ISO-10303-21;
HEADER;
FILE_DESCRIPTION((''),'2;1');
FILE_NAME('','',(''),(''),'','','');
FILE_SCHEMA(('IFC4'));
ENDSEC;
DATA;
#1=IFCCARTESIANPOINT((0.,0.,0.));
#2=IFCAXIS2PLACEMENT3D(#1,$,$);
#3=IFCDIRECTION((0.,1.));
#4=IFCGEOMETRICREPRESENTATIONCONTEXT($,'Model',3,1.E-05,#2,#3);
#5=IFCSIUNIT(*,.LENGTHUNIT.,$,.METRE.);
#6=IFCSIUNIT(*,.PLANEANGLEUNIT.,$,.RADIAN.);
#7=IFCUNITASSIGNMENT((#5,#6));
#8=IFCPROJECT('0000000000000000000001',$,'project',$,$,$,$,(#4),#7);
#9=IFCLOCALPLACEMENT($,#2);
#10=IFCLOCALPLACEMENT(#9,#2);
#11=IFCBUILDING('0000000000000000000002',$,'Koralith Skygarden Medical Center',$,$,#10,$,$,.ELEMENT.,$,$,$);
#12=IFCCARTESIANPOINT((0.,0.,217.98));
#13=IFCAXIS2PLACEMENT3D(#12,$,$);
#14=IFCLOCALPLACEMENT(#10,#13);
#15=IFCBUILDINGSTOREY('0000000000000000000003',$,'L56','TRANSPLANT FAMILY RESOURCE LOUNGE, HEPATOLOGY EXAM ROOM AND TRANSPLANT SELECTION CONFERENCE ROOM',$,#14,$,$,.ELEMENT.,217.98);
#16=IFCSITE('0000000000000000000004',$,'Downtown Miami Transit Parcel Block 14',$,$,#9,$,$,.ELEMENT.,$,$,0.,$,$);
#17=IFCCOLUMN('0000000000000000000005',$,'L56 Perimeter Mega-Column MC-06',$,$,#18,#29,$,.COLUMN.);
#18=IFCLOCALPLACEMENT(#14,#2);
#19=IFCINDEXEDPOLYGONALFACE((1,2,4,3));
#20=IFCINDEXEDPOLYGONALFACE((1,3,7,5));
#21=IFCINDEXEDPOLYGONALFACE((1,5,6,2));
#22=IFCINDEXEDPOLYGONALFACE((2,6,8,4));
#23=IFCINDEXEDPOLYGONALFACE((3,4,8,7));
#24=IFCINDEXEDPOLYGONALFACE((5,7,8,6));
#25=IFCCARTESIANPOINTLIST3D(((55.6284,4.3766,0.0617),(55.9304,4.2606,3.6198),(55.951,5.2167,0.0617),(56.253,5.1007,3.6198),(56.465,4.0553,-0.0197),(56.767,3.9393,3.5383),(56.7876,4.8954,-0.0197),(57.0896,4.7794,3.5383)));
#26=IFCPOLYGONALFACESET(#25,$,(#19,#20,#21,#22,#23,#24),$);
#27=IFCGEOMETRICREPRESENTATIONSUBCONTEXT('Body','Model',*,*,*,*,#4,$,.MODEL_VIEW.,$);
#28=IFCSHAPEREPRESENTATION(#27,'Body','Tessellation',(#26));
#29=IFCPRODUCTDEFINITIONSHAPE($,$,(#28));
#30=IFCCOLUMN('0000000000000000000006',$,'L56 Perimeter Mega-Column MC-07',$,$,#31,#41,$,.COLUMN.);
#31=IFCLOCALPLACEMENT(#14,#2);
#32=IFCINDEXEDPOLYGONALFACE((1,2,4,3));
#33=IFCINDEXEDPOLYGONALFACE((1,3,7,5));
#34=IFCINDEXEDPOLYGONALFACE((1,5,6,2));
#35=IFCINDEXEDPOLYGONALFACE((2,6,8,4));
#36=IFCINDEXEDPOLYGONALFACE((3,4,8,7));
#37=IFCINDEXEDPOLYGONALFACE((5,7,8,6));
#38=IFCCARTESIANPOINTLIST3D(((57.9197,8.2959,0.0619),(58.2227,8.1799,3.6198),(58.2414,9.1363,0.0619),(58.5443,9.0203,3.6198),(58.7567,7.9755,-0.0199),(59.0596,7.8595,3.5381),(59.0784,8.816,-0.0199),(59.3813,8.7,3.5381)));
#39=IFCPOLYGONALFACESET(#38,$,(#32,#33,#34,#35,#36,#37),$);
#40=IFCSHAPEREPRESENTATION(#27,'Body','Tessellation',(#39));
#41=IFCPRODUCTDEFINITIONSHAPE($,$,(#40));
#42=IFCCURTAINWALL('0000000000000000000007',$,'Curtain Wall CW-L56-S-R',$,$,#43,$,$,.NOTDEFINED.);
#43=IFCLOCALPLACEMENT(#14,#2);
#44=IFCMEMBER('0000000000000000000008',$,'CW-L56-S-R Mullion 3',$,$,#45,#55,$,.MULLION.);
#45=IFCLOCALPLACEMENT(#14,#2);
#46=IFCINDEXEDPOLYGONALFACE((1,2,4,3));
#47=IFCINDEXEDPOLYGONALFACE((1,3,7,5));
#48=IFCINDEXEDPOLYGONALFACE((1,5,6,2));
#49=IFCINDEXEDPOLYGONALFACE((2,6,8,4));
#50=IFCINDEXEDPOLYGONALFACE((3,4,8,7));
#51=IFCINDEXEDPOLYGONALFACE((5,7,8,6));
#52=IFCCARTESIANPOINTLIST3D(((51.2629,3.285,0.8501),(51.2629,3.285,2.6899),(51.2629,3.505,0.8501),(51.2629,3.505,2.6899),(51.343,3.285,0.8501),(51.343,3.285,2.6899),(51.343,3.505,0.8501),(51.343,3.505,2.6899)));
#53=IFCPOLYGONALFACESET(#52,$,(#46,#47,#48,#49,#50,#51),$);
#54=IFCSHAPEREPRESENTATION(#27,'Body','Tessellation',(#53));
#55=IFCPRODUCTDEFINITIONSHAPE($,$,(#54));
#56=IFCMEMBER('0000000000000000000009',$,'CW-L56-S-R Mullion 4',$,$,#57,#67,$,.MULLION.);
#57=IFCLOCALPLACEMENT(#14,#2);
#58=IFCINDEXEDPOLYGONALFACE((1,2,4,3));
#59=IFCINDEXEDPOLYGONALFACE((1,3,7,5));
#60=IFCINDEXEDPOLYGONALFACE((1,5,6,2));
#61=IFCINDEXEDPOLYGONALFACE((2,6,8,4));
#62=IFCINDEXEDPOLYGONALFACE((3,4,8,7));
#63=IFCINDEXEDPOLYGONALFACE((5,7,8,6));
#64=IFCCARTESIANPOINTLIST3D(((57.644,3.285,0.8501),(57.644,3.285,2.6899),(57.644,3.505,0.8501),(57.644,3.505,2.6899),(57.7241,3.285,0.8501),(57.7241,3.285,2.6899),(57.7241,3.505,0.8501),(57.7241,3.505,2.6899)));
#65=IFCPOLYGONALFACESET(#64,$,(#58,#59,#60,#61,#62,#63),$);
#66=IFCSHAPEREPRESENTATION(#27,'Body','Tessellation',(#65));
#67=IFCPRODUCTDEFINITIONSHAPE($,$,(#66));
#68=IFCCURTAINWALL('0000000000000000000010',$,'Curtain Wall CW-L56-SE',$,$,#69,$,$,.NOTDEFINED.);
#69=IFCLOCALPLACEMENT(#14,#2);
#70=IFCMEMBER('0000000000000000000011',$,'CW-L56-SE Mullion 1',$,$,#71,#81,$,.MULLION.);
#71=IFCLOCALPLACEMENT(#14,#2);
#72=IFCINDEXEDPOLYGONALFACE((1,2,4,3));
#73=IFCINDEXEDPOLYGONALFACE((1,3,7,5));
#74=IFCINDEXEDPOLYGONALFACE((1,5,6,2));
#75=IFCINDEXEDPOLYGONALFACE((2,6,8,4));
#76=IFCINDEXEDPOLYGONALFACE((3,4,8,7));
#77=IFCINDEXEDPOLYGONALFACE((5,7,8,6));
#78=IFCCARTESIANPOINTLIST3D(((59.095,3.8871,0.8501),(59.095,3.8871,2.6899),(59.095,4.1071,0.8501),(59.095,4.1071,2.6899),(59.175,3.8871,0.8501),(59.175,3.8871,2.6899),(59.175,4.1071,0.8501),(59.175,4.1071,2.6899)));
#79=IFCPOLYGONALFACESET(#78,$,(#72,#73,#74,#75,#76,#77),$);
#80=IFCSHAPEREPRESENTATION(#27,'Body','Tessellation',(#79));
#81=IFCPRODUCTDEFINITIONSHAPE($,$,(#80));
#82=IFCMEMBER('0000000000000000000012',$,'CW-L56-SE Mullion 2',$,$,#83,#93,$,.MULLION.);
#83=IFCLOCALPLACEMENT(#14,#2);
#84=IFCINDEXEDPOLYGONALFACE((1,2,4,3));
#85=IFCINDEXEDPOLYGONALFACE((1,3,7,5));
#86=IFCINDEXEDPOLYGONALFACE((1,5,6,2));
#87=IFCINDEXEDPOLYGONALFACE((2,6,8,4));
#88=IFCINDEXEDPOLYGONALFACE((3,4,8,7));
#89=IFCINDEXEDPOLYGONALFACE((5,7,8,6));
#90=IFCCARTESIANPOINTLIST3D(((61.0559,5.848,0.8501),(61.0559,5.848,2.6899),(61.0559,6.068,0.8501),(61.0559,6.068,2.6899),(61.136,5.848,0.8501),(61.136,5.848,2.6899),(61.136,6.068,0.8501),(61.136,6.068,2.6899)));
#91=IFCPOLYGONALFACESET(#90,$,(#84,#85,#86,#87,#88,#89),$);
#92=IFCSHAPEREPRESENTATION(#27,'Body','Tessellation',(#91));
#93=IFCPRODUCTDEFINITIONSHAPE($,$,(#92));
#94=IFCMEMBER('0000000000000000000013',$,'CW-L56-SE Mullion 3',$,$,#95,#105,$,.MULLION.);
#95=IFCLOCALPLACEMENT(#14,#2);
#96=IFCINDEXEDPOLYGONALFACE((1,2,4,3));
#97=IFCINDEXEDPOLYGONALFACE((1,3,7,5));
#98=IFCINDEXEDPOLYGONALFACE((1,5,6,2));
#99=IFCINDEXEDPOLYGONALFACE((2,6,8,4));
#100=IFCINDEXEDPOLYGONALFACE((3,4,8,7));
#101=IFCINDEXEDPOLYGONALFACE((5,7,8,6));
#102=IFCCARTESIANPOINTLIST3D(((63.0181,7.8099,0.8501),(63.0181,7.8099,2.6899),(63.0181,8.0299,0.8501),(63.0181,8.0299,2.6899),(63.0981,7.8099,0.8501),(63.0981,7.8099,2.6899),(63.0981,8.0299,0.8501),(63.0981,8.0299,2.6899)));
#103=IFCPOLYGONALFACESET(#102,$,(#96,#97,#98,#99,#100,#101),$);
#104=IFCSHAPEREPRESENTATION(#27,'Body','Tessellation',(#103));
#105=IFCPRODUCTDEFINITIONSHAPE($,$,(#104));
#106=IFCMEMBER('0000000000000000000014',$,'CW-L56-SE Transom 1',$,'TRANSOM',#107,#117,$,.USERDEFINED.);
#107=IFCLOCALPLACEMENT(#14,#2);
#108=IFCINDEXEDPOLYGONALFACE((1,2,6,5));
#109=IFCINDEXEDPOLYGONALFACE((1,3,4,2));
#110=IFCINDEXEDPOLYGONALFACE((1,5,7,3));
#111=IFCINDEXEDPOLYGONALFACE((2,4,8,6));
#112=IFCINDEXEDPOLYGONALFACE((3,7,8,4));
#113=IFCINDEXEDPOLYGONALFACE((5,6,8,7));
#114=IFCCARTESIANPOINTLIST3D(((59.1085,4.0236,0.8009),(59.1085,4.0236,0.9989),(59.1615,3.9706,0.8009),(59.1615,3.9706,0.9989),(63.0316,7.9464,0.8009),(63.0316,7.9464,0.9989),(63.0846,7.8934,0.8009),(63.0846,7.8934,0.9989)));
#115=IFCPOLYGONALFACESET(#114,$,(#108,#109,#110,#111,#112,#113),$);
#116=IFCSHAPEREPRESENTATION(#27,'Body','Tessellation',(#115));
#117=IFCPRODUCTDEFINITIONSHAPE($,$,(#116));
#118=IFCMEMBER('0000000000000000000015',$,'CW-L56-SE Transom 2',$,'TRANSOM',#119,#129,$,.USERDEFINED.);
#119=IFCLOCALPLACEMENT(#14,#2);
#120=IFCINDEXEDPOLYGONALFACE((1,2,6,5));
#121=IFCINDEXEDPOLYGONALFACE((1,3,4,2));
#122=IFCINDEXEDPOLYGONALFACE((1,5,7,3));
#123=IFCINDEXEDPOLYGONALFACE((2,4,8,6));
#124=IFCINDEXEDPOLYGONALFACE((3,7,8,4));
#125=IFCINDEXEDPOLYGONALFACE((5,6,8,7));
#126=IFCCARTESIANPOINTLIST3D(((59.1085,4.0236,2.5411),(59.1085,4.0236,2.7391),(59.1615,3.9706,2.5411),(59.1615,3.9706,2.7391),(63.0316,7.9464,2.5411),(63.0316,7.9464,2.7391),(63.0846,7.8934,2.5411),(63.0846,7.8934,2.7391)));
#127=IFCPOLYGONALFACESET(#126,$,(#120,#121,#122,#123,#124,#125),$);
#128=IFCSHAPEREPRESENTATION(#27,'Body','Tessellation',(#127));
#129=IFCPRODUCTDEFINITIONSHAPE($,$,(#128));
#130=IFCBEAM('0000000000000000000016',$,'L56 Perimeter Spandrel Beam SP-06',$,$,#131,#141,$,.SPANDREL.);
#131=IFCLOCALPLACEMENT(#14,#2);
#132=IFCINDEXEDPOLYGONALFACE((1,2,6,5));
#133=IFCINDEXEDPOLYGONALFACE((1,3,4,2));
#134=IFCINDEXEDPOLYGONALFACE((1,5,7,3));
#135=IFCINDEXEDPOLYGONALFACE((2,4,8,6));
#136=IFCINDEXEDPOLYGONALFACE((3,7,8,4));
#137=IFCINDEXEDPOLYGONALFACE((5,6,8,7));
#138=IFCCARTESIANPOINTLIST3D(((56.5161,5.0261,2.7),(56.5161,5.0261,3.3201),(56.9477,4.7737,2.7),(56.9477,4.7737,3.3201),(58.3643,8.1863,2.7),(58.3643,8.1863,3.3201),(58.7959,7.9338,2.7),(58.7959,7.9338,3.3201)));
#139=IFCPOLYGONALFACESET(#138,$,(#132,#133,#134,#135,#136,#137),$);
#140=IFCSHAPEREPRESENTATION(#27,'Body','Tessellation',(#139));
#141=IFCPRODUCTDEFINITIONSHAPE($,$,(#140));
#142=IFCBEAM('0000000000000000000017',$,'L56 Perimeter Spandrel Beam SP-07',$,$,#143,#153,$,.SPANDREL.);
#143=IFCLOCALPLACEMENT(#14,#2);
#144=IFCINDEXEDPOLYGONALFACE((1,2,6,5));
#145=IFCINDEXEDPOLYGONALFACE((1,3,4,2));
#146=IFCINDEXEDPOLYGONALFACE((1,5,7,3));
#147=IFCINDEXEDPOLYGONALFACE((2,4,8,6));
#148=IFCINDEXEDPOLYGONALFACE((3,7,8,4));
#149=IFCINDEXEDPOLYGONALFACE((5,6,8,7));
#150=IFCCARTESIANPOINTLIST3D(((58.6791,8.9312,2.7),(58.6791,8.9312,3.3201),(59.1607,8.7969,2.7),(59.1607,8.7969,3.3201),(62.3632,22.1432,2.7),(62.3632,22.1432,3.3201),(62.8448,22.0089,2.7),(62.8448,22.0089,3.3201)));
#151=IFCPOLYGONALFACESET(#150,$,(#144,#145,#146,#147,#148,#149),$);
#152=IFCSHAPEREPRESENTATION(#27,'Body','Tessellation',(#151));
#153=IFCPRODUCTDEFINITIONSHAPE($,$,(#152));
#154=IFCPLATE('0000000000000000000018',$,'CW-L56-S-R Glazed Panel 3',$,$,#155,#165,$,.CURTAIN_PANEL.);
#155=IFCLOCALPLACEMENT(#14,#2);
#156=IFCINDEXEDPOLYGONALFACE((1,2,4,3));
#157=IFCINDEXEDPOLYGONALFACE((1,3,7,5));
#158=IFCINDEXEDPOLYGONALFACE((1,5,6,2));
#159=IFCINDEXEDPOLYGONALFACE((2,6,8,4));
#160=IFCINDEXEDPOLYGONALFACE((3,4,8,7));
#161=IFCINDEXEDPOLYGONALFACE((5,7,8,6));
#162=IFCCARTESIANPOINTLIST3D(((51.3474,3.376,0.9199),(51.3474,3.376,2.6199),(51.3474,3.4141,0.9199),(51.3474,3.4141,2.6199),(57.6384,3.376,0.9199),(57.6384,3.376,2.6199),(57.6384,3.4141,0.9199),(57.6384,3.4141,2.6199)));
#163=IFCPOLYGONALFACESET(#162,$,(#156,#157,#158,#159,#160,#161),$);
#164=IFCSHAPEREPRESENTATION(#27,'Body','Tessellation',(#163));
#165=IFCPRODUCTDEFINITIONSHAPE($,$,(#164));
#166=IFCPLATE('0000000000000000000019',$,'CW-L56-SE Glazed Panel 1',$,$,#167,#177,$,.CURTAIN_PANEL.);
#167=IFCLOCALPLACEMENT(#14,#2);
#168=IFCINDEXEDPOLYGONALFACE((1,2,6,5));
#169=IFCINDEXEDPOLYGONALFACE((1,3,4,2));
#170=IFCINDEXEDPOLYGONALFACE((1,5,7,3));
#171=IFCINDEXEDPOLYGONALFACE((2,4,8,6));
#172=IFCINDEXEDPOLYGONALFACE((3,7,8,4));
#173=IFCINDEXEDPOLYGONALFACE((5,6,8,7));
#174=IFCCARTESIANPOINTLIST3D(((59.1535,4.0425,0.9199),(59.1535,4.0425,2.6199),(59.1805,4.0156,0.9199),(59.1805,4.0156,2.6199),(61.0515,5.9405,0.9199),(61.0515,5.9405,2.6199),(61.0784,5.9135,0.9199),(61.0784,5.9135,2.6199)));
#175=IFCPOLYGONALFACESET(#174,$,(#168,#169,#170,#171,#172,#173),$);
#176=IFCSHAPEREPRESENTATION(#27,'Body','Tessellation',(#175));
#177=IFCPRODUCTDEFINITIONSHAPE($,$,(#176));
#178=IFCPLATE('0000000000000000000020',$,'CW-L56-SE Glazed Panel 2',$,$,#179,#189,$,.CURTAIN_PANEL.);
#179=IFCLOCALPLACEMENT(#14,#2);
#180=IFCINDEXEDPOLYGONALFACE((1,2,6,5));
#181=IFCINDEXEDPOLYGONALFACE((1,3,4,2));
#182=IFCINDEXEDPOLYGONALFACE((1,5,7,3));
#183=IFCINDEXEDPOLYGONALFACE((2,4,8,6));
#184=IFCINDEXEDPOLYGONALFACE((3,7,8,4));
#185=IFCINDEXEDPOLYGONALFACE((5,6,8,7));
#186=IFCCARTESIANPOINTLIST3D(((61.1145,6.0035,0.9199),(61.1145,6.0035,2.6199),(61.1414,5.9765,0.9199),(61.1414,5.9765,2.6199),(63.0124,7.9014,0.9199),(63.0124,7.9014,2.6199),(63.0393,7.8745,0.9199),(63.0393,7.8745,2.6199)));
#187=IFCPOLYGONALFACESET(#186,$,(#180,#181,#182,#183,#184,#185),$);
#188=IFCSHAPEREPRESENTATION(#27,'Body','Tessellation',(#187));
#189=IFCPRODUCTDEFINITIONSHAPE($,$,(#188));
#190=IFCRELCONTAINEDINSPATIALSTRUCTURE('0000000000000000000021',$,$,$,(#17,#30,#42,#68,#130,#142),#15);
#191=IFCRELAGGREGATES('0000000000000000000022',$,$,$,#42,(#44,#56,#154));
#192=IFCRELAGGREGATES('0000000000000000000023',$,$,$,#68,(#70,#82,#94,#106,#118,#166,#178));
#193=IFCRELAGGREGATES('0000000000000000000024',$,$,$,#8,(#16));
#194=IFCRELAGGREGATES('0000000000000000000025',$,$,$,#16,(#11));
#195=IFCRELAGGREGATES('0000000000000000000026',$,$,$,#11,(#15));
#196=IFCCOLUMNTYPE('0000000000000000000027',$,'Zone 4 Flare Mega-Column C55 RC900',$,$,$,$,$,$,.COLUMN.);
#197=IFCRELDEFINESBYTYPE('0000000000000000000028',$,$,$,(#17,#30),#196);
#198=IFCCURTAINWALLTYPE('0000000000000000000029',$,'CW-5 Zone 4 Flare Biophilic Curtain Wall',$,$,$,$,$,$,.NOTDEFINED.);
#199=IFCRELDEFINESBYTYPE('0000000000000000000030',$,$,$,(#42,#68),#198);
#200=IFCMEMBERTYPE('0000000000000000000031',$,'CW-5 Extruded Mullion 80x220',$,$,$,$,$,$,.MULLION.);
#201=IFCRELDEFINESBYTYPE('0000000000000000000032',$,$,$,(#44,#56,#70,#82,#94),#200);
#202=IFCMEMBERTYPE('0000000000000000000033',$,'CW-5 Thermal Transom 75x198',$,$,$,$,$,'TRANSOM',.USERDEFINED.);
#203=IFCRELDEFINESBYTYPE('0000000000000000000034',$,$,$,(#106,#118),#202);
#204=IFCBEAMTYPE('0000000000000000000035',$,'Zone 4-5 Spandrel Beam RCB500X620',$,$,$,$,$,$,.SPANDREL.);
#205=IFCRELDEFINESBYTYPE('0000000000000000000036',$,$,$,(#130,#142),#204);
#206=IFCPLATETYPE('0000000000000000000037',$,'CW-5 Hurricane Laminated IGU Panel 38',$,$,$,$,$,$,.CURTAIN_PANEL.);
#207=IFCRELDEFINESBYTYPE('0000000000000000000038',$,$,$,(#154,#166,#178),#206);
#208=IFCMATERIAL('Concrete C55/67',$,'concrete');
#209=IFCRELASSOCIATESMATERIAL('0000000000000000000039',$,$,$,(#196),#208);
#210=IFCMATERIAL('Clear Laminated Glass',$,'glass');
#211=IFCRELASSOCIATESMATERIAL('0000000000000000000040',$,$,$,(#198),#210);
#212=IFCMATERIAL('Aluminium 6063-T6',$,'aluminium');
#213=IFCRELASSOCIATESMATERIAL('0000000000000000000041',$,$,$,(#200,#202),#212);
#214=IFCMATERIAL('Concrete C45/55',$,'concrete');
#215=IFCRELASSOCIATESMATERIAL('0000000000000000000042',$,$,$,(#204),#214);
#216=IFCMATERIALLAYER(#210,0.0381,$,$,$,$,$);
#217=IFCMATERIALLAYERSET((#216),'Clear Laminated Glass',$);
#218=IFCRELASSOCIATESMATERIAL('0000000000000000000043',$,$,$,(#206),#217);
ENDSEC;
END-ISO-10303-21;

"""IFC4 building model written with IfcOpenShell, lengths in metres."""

from ifc_helpers import new_model, si_unit, direction, frame, origin, origin_2d, place, context, subcontext, project, spatial, rectangle, extrude, material, layer, layer_set, material_profile, profile_set, type_object, element, aggregate, save


model = new_model("IFC4")

# Units and contexts
model_context = context("Model", 3, precision=1e-05, world=origin(), true_north=direction((0.0, 1.0)))
body_context = subcontext(model_context, "Body", "Model", "MODEL_VIEW")
ifc_project = project(units=[si_unit("LENGTHUNIT", "METRE"), si_unit("PLANEANGLEUNIT", "RADIAN")], contexts=[model_context])

# Site, building, storey
site_placement = place(None, origin())
site = spatial("IfcSite", under=ifc_project, at=site_placement, Name="Downtown Miami Transit Parcel Block 14", CompositionType="ELEMENT", RefElevation=0.0)
building_placement = place(site_placement, origin())
building = spatial("IfcBuilding", under=site, at=building_placement, Name="Koralith Skygarden Medical Center", CompositionType="ELEMENT")
storey_placement = place(building_placement, frame((0.0, 0.0, 217.98)))
storey = spatial("IfcBuildingStorey", under=building, at=storey_placement, Name="L56", Description="TRANSPLANT FAMILY RESOURCE LOUNGE, HEPATOLOGY EXAM ROOM AND TRANSPLANT SELECTION CONFERENCE ROOM", CompositionType="ELEMENT", Elevation=217.98)

# Columns
ifc_material_1 = material(Name="Concrete C55/67", Category="concrete")
ifc_material_profile_1 = material_profile(ifc_material_1, rectangle(XDim=0.8999, YDim=0.8999, at=origin_2d()), Name="RC900X900")
ifc_profile_set_1 = profile_set([ifc_material_profile_1], Name="Concrete C55/67")
column_type = type_object("IfcColumnType", Name="Zone 4 Flare Mega-Column C55 RC900", PredefinedType="COLUMN", material=ifc_profile_set_1)
for number, where, z_axis, x_axis, name in (
    (1, (56.208, 4.636, 0.021), (0.084529, -0.032458, 0.995892), (0.358473, 0.93354, 0.0), "L56 Perimeter Mega-Column MC-06"),
    (2, (58.499, 8.5559, 0.021), (0.0848, -0.032458, 0.995869), (0.357466, 0.933926, 0.0), "L56 Perimeter Mega-Column MC-07"),
):
    element("IfcColumn", number, at=place(storey_placement, frame(where, z_axis=z_axis, x_axis=x_axis)), inside=storey, type_object=column_type, Name=name, PredefinedType="COLUMN", context=body_context, shape_type="SweptSolid", body=[
        extrude(rectangle(XDim=0.8999, YDim=0.8999, at=origin_2d()), origin(), (0.0, 0.0, 1.0), 3.5728),
    ])

# Curtain walls, members
ifc_material_2 = material(Name="Clear Laminated Glass", Category="glass")
curtain_wall_type = type_object("IfcCurtainWallType", Name="CW-5 Zone 4 Flare Biophilic Curtain Wall", PredefinedType="NOTDEFINED", material=ifc_material_2)
curtain_wall_1_placement = place(storey_placement, origin())
curtain_wall_1 = element("IfcCurtainWall", 3, at=curtain_wall_1_placement, inside=storey, type_object=curtain_wall_type, Name="Curtain Wall CW-L56-S-R", PredefinedType="NOTDEFINED")
ifc_material_3 = material(Name="Aluminium 6063-T6", Category="aluminium")
ifc_material_profile_2 = material_profile(ifc_material_3, rectangle(XDim=0.0801, YDim=0.22, at=origin_2d()), Name="MUL80X220")
ifc_profile_set_2 = profile_set([ifc_material_profile_2], Name="Aluminium 6063-T6")
member_type_1 = type_object("IfcMemberType", Name="CW-5 Extruded Mullion 80x220", PredefinedType="MULLION", material=ifc_profile_set_2)
member_1_placement = place(storey_placement, frame((51.303, 3.395, 0.8501), z_axis=(0.0, 0.0, 1.0), x_axis=(1.0, 0.0, 0.0)))
member_1 = element("IfcMember", 4, at=member_1_placement, type_object=member_type_1, Name="CW-L56-S-R Mullion 3", PredefinedType="MULLION", context=body_context, shape_type="SweptSolid", body=[
    extrude(rectangle(XDim=0.0801, YDim=0.22, at=origin_2d()), origin(), (0.0, 0.0, 1.0), 1.8398),
])
member_2_placement = place(storey_placement, frame((57.6841, 3.395, 0.8501), z_axis=(0.0, 0.0, 1.0), x_axis=(1.0, 0.0, 0.0)))
member_2 = element("IfcMember", 5, at=member_2_placement, type_object=member_type_1, Name="CW-L56-S-R Mullion 4", PredefinedType="MULLION", context=body_context, shape_type="SweptSolid", body=[
    extrude(rectangle(XDim=0.0801, YDim=0.22, at=origin_2d()), origin(), (0.0, 0.0, 1.0), 1.8398),
])
curtain_wall_2_placement = place(storey_placement, origin())
curtain_wall_2 = element("IfcCurtainWall", 6, at=curtain_wall_2_placement, inside=storey, type_object=curtain_wall_type, Name="Curtain Wall CW-L56-SE", PredefinedType="NOTDEFINED")
member_3_placement = place(storey_placement, frame((59.135, 3.9971, 0.8501), z_axis=(0.0, 0.0, 1.0), x_axis=(1.0, 0.0, 0.0)))
member_3 = element("IfcMember", 7, at=member_3_placement, type_object=member_type_1, Name="CW-L56-SE Mullion 1", PredefinedType="MULLION", context=body_context, shape_type="SweptSolid", body=[
    extrude(rectangle(XDim=0.0801, YDim=0.22, at=origin_2d()), origin(), (0.0, 0.0, 1.0), 1.8398),
])
member_4_placement = place(storey_placement, frame((61.0959, 5.958, 0.8501), z_axis=(0.0, 0.0, 1.0), x_axis=(1.0, 0.0, 0.0)))
member_4 = element("IfcMember", 8, at=member_4_placement, type_object=member_type_1, Name="CW-L56-SE Mullion 2", PredefinedType="MULLION", context=body_context, shape_type="SweptSolid", body=[
    extrude(rectangle(XDim=0.0801, YDim=0.22, at=origin_2d()), origin(), (0.0, 0.0, 1.0), 1.8398),
])
member_5_placement = place(storey_placement, frame((63.0581, 7.9199, 0.8501), z_axis=(0.0, 0.0, 1.0), x_axis=(1.0, 0.0, 0.0)))
member_5 = element("IfcMember", 9, at=member_5_placement, type_object=member_type_1, Name="CW-L56-SE Mullion 3", PredefinedType="MULLION", context=body_context, shape_type="SweptSolid", body=[
    extrude(rectangle(XDim=0.0801, YDim=0.22, at=origin_2d()), origin(), (0.0, 0.0, 1.0), 1.8398),
])
ifc_material_profile_3 = material_profile(ifc_material_3, rectangle(XDim=0.075, YDim=0.198, at=origin_2d()), Name="TRN75X198")
ifc_profile_set_3 = profile_set([ifc_material_profile_3], Name="Aluminium 6063-T6")
member_type_2 = type_object("IfcMemberType", Name="CW-5 Thermal Transom 75x198", ElementType="TRANSOM", PredefinedType="USERDEFINED", material=ifc_profile_set_3)
member_6_placement = place(storey_placement, frame((59.135, 3.9971, 0.8999), z_axis=(0.707129, 0.707085, 0.0), x_axis=(-0.707085, 0.707129, 0.0)))
member_6 = element("IfcMember", 10, at=member_6_placement, type_object=member_type_2, Name="CW-L56-SE Transom 1", ObjectType="TRANSOM", PredefinedType="USERDEFINED", context=body_context, shape_type="SweptSolid", body=[
    extrude(rectangle(XDim=0.075, YDim=0.198, at=origin_2d()), origin(), (0.0, 0.0, 1.0), 5.5479),
])
member_7_placement = place(storey_placement, frame((59.135, 3.9971, 2.6401), z_axis=(0.707129, 0.707085, 0.0), x_axis=(-0.707085, 0.707129, 0.0)))
member_7 = element("IfcMember", 11, at=member_7_placement, type_object=member_type_2, Name="CW-L56-SE Transom 2", ObjectType="TRANSOM", PredefinedType="USERDEFINED", context=body_context, shape_type="SweptSolid", body=[
    extrude(rectangle(XDim=0.075, YDim=0.198, at=origin_2d()), origin(), (0.0, 0.0, 1.0), 5.5479),
])

# Beams
ifc_material_4 = material(Name="Concrete C45/55", Category="concrete")
ifc_material_profile_4 = material_profile(ifc_material_4, rectangle(XDim=0.5, YDim=0.6201, at=origin_2d()), Name="RCB500X620")
ifc_profile_set_4 = profile_set([ifc_material_profile_4], Name="Concrete C45/55")
beam_type = type_object("IfcBeamType", Name="Zone 4-5 Spandrel Beam RCB500X620", PredefinedType="SPANDREL", material=ifc_profile_set_4)
beam_1_placement = place(storey_placement, frame((56.7319, 4.8999, 3.01), z_axis=(0.504833, 0.863217, 0.0), x_axis=(-0.863217, 0.504833, 0.0)))
element("IfcBeam", 12, at=beam_1_placement, inside=storey, type_object=beam_type, Name="L56 Perimeter Spandrel Beam SP-06", PredefinedType="SPANDREL", context=body_context, shape_type="SweptSolid", body=[
    extrude(rectangle(XDim=0.5, YDim=0.6201, at=origin_2d()), origin(), (0.0, 0.0, 1.0), 3.6609),
])
beam_2_placement = place(storey_placement, frame((58.9199, 8.864, 3.01), z_axis=(0.268598, 0.963252, 0.0), x_axis=(-0.963252, 0.268598, 0.0)))
element("IfcBeam", 13, at=beam_2_placement, inside=storey, type_object=beam_type, Name="L56 Perimeter Spandrel Beam SP-07", PredefinedType="SPANDREL", context=body_context, shape_type="SweptSolid", body=[
    extrude(rectangle(XDim=0.5, YDim=0.6201, at=origin_2d()), origin(), (0.0, 0.0, 1.0), 13.7161),
])

# Plates
ifc_layer_1 = layer(ifc_material_2, 0.0381)
ifc_layer_set_1 = layer_set([ifc_layer_1], Name="Clear Laminated Glass")
plate_type_1 = type_object("IfcPlateType", Name="CW-5 Hurricane Laminated IGU Panel 38", PredefinedType="CURTAIN_PANEL", material=ifc_layer_set_1)
plate_1_placement = place(storey_placement, frame((54.4929, 3.395, 0.9199), z_axis=(0.0, 0.0, 1.0), x_axis=(1.0, 0.0, 0.0)))
plate_1 = element("IfcPlate", 14, at=plate_1_placement, type_object=plate_type_1, Name="CW-L56-S-R Glazed Panel 3", PredefinedType="CURTAIN_PANEL", context=body_context, shape_type="SweptSolid", body=[
    extrude(rectangle(XDim=6.291, YDim=0.0381, at=origin_2d()), origin(), (0.0, 0.0, 1.0), 1.7),
])
aggregate(curtain_wall_1, [member_1, member_2, plate_1])
plate_2_placement = place(storey_placement, frame((60.116, 4.978, 0.9199), z_axis=(0.0, 0.0, 1.0), x_axis=(0.707107, 0.707107, 0.0)))
plate_2 = element("IfcPlate", 15, at=plate_2_placement, type_object=plate_type_1, Name="CW-L56-SE Glazed Panel 1", PredefinedType="CURTAIN_PANEL", context=body_context, shape_type="SweptSolid", body=[
    extrude(rectangle(XDim=2.6841, YDim=0.0381, at=origin_2d()), origin(), (0.0, 0.0, 1.0), 1.7),
])
plate_3_placement = place(storey_placement, frame((62.0769, 6.939, 0.9199), z_axis=(0.0, 0.0, 1.0), x_axis=(0.707107, 0.707107, 0.0)))
plate_3 = element("IfcPlate", 16, at=plate_3_placement, type_object=plate_type_1, Name="CW-L56-SE Glazed Panel 2", PredefinedType="CURTAIN_PANEL", context=body_context, shape_type="SweptSolid", body=[
    extrude(rectangle(XDim=2.6841, YDim=0.0381, at=origin_2d()), origin(), (0.0, 0.0, 1.0), 1.7),
])
aggregate(curtain_wall_2, [member_3, member_4, member_5, member_6, member_7, plate_2, plate_3])

save(model, "model.ifc")
